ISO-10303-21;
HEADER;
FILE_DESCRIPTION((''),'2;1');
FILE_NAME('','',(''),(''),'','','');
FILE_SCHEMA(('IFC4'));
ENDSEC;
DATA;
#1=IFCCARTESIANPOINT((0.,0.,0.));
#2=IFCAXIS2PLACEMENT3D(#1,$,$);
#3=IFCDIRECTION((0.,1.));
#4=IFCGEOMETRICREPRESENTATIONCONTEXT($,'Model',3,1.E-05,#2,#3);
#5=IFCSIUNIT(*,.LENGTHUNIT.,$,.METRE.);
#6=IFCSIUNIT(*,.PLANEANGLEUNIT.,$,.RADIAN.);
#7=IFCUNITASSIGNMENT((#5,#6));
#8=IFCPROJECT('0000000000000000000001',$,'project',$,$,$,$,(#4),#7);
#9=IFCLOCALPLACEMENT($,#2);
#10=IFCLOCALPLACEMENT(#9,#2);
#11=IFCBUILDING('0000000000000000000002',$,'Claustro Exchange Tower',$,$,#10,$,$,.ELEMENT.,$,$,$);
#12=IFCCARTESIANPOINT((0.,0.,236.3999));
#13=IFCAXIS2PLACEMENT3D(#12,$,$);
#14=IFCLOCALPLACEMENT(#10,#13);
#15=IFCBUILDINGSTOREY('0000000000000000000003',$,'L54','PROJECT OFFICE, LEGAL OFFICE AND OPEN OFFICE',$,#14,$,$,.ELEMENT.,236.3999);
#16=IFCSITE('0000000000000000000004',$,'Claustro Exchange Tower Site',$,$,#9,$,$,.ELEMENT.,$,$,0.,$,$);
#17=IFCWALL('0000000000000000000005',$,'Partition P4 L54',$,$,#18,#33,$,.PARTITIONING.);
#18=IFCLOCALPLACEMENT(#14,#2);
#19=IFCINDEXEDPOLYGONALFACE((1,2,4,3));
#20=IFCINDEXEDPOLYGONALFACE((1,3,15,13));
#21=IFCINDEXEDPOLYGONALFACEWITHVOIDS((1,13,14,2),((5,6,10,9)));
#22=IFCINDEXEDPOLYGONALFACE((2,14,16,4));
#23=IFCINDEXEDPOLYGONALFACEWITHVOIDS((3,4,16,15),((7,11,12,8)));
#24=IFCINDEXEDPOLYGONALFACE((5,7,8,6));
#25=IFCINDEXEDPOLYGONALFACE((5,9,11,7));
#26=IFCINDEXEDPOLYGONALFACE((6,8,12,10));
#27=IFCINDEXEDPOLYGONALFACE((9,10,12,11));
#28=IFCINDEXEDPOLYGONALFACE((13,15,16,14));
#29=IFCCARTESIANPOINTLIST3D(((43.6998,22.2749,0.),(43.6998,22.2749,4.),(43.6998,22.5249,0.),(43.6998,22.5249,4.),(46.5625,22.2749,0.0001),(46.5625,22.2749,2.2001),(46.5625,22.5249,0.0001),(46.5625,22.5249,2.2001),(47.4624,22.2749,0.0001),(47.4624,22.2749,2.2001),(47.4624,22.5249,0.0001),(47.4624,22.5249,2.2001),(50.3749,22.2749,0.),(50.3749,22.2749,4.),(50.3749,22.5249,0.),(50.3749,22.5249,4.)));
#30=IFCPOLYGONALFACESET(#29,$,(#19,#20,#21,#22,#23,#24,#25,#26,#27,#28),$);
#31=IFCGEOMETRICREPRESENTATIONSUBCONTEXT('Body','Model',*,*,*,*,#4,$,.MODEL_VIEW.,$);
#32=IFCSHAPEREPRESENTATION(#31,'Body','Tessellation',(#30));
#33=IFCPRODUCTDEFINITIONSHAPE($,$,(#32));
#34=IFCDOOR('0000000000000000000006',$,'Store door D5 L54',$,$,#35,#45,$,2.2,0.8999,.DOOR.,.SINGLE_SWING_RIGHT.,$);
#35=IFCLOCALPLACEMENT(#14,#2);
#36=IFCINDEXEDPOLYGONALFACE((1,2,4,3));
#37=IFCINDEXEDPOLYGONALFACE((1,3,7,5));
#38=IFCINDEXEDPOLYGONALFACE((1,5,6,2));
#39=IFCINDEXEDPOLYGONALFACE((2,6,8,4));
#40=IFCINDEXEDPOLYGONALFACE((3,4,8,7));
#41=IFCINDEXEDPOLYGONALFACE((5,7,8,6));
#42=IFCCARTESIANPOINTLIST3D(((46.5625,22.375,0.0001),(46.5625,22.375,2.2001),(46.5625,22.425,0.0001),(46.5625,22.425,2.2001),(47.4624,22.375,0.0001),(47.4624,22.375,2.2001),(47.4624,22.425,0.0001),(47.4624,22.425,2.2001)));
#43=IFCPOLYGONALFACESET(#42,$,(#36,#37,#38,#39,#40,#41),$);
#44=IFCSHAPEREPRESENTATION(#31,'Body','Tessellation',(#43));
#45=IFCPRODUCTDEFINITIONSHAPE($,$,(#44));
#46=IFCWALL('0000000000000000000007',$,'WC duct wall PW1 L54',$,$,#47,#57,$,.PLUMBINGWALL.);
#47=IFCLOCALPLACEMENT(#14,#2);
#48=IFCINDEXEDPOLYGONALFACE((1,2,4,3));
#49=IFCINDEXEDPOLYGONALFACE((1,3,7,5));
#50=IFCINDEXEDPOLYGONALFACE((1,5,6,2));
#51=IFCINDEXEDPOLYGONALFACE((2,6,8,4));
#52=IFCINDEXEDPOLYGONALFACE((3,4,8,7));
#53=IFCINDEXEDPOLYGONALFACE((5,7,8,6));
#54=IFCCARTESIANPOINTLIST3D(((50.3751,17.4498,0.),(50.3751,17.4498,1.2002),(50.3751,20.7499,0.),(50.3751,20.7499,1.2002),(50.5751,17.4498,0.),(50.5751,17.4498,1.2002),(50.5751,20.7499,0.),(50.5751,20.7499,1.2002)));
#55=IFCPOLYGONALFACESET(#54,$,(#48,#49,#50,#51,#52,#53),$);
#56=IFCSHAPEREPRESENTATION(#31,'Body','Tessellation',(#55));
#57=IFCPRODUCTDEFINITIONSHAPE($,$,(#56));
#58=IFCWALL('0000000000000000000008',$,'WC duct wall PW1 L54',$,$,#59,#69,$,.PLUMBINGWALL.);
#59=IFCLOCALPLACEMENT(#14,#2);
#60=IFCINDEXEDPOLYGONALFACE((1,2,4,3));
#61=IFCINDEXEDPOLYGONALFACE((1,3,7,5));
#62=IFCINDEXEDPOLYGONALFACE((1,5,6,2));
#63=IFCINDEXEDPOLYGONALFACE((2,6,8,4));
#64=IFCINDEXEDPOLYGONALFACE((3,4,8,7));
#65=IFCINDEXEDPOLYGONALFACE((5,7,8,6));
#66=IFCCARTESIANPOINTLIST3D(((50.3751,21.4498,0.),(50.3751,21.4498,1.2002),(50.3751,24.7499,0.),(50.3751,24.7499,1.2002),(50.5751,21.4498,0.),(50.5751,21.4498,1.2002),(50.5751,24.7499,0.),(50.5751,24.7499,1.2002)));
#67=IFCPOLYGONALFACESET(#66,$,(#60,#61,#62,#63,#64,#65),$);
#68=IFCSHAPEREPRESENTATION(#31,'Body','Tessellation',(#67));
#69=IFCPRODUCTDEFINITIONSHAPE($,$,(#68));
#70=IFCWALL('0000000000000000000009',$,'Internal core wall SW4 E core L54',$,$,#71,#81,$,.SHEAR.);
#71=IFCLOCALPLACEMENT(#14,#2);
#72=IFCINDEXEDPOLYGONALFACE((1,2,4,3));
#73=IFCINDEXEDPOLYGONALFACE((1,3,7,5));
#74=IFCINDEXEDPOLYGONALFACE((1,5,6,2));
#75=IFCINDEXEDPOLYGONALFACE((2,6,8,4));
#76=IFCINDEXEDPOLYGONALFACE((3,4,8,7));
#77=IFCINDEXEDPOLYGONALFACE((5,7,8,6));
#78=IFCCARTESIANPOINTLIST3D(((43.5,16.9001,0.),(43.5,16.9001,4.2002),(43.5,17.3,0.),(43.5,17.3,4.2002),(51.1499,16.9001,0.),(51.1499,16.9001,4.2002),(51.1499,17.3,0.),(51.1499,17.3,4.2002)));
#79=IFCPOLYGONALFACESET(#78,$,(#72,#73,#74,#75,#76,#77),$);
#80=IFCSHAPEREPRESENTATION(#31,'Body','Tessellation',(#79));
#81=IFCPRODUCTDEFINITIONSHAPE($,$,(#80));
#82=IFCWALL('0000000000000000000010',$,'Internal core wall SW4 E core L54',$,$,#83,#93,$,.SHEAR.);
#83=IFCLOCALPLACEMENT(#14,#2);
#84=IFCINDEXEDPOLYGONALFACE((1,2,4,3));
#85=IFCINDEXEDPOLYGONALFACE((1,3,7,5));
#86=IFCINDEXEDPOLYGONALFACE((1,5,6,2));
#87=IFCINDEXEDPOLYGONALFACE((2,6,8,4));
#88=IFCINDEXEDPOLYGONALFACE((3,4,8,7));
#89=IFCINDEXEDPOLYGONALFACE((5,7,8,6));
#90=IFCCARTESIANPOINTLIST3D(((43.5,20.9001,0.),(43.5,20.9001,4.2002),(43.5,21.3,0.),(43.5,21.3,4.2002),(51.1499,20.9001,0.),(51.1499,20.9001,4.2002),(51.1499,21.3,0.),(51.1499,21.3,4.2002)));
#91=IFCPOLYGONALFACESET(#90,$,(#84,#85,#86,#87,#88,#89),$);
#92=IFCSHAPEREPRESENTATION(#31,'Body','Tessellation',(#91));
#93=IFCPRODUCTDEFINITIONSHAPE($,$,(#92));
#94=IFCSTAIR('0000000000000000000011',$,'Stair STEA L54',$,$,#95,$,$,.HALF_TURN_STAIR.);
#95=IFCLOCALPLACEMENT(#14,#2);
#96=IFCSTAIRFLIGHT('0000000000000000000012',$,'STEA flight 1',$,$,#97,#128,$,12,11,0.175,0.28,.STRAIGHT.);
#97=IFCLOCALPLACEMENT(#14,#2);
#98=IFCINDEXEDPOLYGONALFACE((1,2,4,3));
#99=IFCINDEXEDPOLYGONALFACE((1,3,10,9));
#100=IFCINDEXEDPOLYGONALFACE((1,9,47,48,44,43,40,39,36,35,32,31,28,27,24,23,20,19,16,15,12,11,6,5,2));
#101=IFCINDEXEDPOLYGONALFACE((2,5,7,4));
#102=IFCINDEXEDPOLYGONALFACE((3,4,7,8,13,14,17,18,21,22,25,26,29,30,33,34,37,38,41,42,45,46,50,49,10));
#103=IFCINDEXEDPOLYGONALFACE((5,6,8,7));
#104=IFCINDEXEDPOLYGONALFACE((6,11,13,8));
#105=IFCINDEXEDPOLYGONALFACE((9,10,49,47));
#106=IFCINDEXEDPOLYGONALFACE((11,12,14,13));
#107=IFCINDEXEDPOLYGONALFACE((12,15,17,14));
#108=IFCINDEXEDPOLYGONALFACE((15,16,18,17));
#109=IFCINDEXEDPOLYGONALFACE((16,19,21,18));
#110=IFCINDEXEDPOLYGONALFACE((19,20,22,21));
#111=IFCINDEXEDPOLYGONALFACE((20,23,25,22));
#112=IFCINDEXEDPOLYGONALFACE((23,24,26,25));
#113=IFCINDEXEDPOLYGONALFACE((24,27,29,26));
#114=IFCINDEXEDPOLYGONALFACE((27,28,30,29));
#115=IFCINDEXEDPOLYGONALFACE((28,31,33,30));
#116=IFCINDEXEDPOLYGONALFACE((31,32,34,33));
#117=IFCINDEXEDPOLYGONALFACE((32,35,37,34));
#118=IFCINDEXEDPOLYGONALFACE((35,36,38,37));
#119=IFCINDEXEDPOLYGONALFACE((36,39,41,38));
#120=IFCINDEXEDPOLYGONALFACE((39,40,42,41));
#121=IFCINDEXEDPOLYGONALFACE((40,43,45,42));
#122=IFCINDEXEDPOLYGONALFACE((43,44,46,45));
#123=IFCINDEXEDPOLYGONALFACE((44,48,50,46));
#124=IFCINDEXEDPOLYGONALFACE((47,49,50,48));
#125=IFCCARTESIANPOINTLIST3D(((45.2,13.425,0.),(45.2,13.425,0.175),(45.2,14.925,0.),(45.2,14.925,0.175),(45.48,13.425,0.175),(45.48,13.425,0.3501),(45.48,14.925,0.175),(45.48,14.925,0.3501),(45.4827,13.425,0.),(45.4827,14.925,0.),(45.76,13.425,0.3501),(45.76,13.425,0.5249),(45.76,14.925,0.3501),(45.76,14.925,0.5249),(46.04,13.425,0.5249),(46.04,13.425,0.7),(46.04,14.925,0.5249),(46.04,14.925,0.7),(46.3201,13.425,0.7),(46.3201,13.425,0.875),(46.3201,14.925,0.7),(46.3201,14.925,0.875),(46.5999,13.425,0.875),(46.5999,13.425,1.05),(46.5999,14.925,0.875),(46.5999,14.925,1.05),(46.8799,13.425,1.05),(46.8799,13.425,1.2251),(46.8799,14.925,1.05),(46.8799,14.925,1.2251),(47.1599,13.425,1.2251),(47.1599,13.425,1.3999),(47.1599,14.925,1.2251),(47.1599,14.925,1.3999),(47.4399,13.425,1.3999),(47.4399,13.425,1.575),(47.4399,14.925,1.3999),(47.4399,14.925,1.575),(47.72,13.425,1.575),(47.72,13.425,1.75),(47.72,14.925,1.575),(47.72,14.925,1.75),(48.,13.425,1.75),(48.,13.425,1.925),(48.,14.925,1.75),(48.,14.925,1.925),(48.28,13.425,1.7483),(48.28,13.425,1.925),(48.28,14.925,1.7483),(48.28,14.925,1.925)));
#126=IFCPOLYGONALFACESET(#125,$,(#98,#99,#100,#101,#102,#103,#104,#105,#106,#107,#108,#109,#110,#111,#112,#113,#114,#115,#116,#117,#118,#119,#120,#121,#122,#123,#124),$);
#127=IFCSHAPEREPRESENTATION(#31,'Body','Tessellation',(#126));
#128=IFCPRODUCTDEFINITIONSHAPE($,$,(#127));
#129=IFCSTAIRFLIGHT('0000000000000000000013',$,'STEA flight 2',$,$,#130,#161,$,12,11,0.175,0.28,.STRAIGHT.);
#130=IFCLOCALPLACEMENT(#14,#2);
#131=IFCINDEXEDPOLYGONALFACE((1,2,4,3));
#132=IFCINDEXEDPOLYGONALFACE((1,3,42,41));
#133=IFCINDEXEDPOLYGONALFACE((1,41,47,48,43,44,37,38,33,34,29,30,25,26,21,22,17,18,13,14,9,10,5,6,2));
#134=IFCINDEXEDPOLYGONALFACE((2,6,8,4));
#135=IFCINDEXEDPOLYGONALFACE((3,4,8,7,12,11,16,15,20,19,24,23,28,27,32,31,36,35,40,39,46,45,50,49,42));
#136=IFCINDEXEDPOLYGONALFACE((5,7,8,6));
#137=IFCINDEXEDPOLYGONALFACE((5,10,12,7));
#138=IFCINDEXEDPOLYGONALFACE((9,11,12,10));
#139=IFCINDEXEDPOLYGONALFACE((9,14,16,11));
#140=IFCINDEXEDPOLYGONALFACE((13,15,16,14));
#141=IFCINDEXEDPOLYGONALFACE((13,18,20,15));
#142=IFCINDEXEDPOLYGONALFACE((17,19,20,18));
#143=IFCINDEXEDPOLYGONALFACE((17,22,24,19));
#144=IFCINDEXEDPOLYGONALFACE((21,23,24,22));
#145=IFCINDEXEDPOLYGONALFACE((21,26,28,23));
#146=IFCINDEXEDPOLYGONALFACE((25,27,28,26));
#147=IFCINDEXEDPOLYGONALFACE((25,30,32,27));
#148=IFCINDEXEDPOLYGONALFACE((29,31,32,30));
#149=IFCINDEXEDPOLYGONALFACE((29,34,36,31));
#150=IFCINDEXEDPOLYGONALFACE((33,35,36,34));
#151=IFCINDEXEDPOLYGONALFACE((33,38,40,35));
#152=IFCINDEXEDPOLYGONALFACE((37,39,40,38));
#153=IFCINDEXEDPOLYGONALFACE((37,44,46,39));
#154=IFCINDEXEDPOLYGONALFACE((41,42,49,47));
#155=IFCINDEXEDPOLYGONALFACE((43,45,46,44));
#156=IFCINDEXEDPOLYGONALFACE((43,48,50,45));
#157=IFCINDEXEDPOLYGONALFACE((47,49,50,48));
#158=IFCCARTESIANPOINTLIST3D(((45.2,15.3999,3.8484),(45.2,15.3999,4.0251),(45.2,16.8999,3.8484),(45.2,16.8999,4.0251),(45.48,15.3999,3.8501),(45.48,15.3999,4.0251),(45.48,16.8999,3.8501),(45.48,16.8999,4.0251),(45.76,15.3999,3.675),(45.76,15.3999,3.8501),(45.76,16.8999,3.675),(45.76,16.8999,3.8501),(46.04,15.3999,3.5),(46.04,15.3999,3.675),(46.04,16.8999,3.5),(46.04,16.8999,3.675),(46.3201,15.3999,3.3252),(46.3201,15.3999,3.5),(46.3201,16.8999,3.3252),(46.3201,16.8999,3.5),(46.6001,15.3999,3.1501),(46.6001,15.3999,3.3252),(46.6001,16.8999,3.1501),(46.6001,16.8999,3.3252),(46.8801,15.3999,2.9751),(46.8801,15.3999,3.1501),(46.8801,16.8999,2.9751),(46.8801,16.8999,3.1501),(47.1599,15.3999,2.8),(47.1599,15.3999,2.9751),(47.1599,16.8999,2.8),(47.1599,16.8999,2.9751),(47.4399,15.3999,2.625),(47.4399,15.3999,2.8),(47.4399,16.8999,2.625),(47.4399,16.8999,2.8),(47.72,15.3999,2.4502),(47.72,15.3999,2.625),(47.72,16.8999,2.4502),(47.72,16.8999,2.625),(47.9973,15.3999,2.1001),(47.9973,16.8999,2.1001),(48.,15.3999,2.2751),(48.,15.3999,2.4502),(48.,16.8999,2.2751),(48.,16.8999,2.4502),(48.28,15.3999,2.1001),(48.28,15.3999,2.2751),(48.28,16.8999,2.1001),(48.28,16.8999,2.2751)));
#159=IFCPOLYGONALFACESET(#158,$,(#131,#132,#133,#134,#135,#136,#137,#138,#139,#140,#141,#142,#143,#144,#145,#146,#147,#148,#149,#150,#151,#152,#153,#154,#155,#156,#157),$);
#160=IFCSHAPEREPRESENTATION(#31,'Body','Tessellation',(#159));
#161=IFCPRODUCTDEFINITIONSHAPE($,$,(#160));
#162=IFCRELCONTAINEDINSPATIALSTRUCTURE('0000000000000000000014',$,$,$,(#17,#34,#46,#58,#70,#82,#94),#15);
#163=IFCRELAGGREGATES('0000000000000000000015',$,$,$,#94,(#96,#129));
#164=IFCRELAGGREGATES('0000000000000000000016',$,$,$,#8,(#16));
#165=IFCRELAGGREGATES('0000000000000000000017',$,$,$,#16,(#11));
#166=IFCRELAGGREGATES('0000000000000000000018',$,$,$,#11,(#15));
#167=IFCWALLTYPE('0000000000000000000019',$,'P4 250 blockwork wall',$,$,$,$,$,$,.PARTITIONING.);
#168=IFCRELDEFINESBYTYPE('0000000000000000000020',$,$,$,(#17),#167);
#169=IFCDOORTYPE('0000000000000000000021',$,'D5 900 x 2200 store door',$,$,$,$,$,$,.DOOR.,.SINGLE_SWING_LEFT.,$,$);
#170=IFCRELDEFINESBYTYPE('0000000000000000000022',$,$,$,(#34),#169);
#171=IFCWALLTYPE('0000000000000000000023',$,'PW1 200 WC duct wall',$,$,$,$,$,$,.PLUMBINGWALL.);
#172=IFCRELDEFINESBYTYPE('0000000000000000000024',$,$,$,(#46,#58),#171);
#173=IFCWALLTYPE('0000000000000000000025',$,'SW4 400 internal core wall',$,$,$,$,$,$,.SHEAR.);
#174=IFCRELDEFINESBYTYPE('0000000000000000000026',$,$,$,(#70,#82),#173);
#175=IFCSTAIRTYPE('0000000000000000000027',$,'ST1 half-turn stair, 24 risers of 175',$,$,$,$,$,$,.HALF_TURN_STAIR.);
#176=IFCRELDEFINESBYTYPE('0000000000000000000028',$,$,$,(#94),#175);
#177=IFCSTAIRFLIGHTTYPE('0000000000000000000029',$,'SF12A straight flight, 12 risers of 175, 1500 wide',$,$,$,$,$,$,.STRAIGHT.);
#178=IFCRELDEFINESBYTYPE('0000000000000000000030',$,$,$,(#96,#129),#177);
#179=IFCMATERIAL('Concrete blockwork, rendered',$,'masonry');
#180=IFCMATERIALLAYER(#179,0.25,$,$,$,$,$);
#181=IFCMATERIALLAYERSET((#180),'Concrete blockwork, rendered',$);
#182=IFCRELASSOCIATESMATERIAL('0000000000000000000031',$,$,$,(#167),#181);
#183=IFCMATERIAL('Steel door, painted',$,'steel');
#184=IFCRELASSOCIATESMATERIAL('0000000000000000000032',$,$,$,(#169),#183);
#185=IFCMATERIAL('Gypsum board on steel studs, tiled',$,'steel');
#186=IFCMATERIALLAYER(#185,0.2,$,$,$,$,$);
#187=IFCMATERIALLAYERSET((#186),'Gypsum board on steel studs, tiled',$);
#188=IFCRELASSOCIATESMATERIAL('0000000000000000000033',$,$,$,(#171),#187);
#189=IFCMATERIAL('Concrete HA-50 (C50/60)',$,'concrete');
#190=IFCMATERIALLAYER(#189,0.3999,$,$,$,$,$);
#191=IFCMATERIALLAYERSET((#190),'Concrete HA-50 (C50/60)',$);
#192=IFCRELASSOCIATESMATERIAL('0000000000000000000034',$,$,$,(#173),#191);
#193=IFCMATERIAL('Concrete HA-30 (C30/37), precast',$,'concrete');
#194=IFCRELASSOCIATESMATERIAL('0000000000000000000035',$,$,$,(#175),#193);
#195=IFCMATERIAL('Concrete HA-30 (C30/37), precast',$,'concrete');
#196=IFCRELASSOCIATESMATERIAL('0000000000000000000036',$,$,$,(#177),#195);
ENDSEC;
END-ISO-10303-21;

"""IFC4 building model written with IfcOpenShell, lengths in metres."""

from ifc_helpers import new_model, si_unit, direction, frame, frame_2d, origin, place, context, subcontext, project, spatial, polyline, rectangle, outline, extrude, material, layer, layer_set, type_object, element, fill, aggregate, save


model = new_model("IFC4")

# Units and contexts
model_context = context("Model", 3, precision=1e-05, world=origin(), true_north=direction((0.0, 1.0)))
body_context = subcontext(model_context, "Body", "Model", "MODEL_VIEW")
ifc_project = project(units=[si_unit("LENGTHUNIT", "METRE"), si_unit("PLANEANGLEUNIT", "RADIAN")], contexts=[model_context])

# Site, building, storey
site_placement = place(None, origin())
site = spatial("IfcSite", under=ifc_project, at=site_placement, Name="Claustro Exchange Tower Site", CompositionType="ELEMENT", RefElevation=0.0)
building_placement = place(site_placement, origin())
building = spatial("IfcBuilding", under=site, at=building_placement, Name="Claustro Exchange Tower", CompositionType="ELEMENT")
storey_placement = place(building_placement, frame((0.0, 0.0, 236.3999)))
storey = spatial("IfcBuildingStorey", under=building, at=storey_placement, Name="L54", Description="PROJECT OFFICE, LEGAL OFFICE AND OPEN OFFICE", CompositionType="ELEMENT", Elevation=236.3999)

# Wall, opening, door
ifc_material_1 = material(Name="Concrete blockwork, rendered", Category="masonry")
ifc_layer_1 = layer(ifc_material_1, 0.25)
ifc_layer_set_1 = layer_set([ifc_layer_1], Name="Concrete blockwork, rendered")
wall_type_1 = type_object("IfcWallType", Name="P4 250 blockwork wall", PredefinedType="PARTITIONING", material=ifc_layer_set_1)
wall_placement = place(storey_placement, frame((43.7, 22.3999, 0.0), z_axis=(0.0, 0.0, 1.0), x_axis=(1.0, 0.0, 0.0)))
wall = element("IfcWall", 1, at=wall_placement, inside=storey, type_object=wall_type_1, Name="Partition P4 L54", PredefinedType="PARTITIONING", context=body_context, shape_type="SweptSolid", body=[
    extrude(rectangle(XDim=6.675, YDim=0.25, at=frame_2d((3.3374, 0.0))), origin(), (0.0, 0.0, 1.0), 4.0),
])
opening_placement = place(wall_placement, frame((2.8625, 0.0, 0.0)))
opening = element("IfcOpeningElement", 2, at=opening_placement, cuts=wall, PredefinedType="OPENING", context=body_context, shape_type="SweptSolid", body=[
    extrude(rectangle(XDim=0.8999, YDim=2.2, at=frame_2d((0.45, 1.1001))), frame((0.0, 0.135, 0.0), z_axis=(0.0, -1.0, 0.0), x_axis=(1.0, 0.0, 0.0)), (0.0, 0.0, 1.0), 0.27),
])
ifc_material_2 = material(Name="Steel door, painted", Category="steel")
door_type = type_object("IfcDoorType", Name="D5 900 x 2200 store door", OperationType="SINGLE_SWING_LEFT", PredefinedType="DOOR", material=ifc_material_2)
door_placement = place(opening_placement, frame((0.8999, 0.0, 0.0), z_axis=(0.0, 0.0, 1.0), x_axis=(-1.0, 0.0, 0.0)))
door = element("IfcDoor", 3, at=door_placement, inside=storey, type_object=door_type, Name="Store door D5 L54", OperationType="SINGLE_SWING_RIGHT", OverallHeight=2.2, OverallWidth=0.8999, PredefinedType="DOOR", context=body_context, shape_type="SweptSolid", body=[
    extrude(rectangle(XDim=0.8999, YDim=2.2, at=frame_2d((0.45, 1.1001))), frame((0.0, 0.0249, 0.0), z_axis=(0.0, -1.0, 0.0), x_axis=(1.0, 0.0, 0.0)), (0.0, 0.0, 1.0), 0.05),
])
fill(opening, door)

# Walls
ifc_material_3 = material(Name="Gypsum board on steel studs, tiled", Category="steel")
ifc_layer_2 = layer(ifc_material_3, 0.2)
ifc_layer_set_2 = layer_set([ifc_layer_2], Name="Gypsum board on steel studs, tiled")
wall_type_2 = type_object("IfcWallType", Name="PW1 200 WC duct wall", PredefinedType="PLUMBINGWALL", material=ifc_layer_set_2)
for number, where, z_axis, x_axis, name in (
    (4, (50.4751, 17.45, 0.0), (0.0, 0.0, 1.0), (0.0, 1.0, 0.0), "WC duct wall PW1 L54"),
    (5, (50.4751, 21.45, 0.0), (0.0, 0.0, 1.0), (0.0, 1.0, 0.0), "WC duct wall PW1 L54"),
):
    element("IfcWall", number, at=place(storey_placement, frame(where, z_axis=z_axis, x_axis=x_axis)), inside=storey, type_object=wall_type_2, Name=name, PredefinedType="PLUMBINGWALL", context=body_context, shape_type="SweptSolid", body=[
        extrude(rectangle(XDim=3.3, YDim=0.2, at=frame_2d((1.6499, 0.0))), origin(), (0.0, 0.0, 1.0), 1.2002),
    ])
ifc_material_4 = material(Name="Concrete HA-50 (C50/60)", Category="concrete")
ifc_layer_3 = layer(ifc_material_4, 0.3999)
ifc_layer_set_3 = layer_set([ifc_layer_3], Name="Concrete HA-50 (C50/60)")
wall_type_3 = type_object("IfcWallType", Name="SW4 400 internal core wall", PredefinedType="SHEAR", material=ifc_layer_set_3)
for number, where, z_axis, x_axis, name in (
    (6, (51.1499, 17.1001, 0.0), (0.0, 0.0, 1.0), (-1.0, 0.0, 0.0), "Internal core wall SW4 E core L54"),
    (7, (51.1499, 21.1001, 0.0), (0.0, 0.0, 1.0), (-1.0, 0.0, 0.0), "Internal core wall SW4 E core L54"),
):
    element("IfcWall", number, at=place(storey_placement, frame(where, z_axis=z_axis, x_axis=x_axis)), inside=storey, type_object=wall_type_3, Name=name, PredefinedType="SHEAR", context=body_context, shape_type="SweptSolid", body=[
        extrude(rectangle(XDim=7.6499, YDim=0.3999, at=frame_2d((3.825, 0.0))), origin(), (0.0, 0.0, 1.0), 4.2002),
    ])

# Stair, stair flights
ifc_material_5 = material(Name="Concrete HA-30 (C30/37), precast", Category="concrete")
stair_type = type_object("IfcStairType", Name="ST1 half-turn stair, 24 risers of 175", PredefinedType="HALF_TURN_STAIR", material=ifc_material_5)
stair_placement = place(storey_placement, origin())
stair = element("IfcStair", 8, at=stair_placement, inside=storey, type_object=stair_type, Name="Stair STEA L54", PredefinedType="HALF_TURN_STAIR")
ifc_material_6 = material(Name="Concrete HA-30 (C30/37), precast", Category="concrete")
stair_flight_type = type_object("IfcStairFlightType", Name="SF12A straight flight, 12 risers of 175, 1500 wide", PredefinedType="STRAIGHT", material=ifc_material_6)
stair_flight_1_placement = place(storey_placement, frame((45.2, 14.175, 0.0), z_axis=(0.0, 0.0, 1.0), x_axis=(1.0, 0.0, 0.0)))
stair_flight_1 = element("IfcStairFlight", 9, at=stair_flight_1_placement, type_object=stair_flight_type, Name="STEA flight 1", NumberOfRisers=12, NumberOfTreads=11, PredefinedType="STRAIGHT", RiserHeight=0.175, TreadLength=0.28, context=body_context, shape_type="SweptSolid", body=[
    extrude(outline(polyline([(0.0, 0.0), (0.0, 0.175), (0.28, 0.175), (0.28, 0.3501), (0.5601, 0.3501), (0.5601, 0.5249), (0.8401, 0.5249), (0.8401, 0.7), (1.1201, 0.7), (1.1201, 0.875), (1.3999, 0.875), (1.3999, 1.05), (1.6799, 1.05), (1.6799, 1.2251), (1.96, 1.2251), (1.96, 1.3999), (2.24, 1.3999), (2.24, 1.575), (2.52, 1.575), (2.52, 1.75), (2.8, 1.75), (2.8, 1.925), (3.0801, 1.925), (3.0801, 2.1001), (3.0801, 1.7483), (0.2827, 0.0), (0.0, 0.0)])), frame((0.0, 0.75, 0.0), z_axis=(0.0, -1.0, 0.0), x_axis=(1.0, 0.0, 0.0)), (0.0, 0.0, 1.0), 1.5),
])
stair_flight_2_placement = place(storey_placement, frame((48.28, 16.1499, 2.1001), z_axis=(0.0, 0.0, 1.0), x_axis=(-1.0, 0.0, 0.0)))
stair_flight_2 = element("IfcStairFlight", 10, at=stair_flight_2_placement, type_object=stair_flight_type, Name="STEA flight 2", NumberOfRisers=12, NumberOfTreads=11, PredefinedType="STRAIGHT", RiserHeight=0.175, TreadLength=0.28, context=body_context, shape_type="SweptSolid", body=[
    extrude(outline(polyline([(0.0, 0.0), (0.0, 0.175), (0.28, 0.175), (0.28, 0.3501), (0.5601, 0.3501), (0.5601, 0.5249), (0.8401, 0.5249), (0.8401, 0.7), (1.1201, 0.7), (1.1201, 0.875), (1.3999, 0.875), (1.3999, 1.05), (1.6799, 1.05), (1.6799, 1.2251), (1.96, 1.2251), (1.96, 1.3999), (2.24, 1.3999), (2.24, 1.575), (2.52, 1.575), (2.52, 1.75), (2.8, 1.75), (2.8, 1.925), (3.0801, 1.925), (3.0801, 2.1001), (3.0801, 1.7483), (0.2827, 0.0), (0.0, 0.0)])), frame((0.0, 0.75, 0.0), z_axis=(0.0, -1.0, 0.0), x_axis=(1.0, 0.0, 0.0)), (0.0, 0.0, 1.0), 1.5),
])
aggregate(stair, [stair_flight_1, stair_flight_2])

save(model, "model.ifc")
